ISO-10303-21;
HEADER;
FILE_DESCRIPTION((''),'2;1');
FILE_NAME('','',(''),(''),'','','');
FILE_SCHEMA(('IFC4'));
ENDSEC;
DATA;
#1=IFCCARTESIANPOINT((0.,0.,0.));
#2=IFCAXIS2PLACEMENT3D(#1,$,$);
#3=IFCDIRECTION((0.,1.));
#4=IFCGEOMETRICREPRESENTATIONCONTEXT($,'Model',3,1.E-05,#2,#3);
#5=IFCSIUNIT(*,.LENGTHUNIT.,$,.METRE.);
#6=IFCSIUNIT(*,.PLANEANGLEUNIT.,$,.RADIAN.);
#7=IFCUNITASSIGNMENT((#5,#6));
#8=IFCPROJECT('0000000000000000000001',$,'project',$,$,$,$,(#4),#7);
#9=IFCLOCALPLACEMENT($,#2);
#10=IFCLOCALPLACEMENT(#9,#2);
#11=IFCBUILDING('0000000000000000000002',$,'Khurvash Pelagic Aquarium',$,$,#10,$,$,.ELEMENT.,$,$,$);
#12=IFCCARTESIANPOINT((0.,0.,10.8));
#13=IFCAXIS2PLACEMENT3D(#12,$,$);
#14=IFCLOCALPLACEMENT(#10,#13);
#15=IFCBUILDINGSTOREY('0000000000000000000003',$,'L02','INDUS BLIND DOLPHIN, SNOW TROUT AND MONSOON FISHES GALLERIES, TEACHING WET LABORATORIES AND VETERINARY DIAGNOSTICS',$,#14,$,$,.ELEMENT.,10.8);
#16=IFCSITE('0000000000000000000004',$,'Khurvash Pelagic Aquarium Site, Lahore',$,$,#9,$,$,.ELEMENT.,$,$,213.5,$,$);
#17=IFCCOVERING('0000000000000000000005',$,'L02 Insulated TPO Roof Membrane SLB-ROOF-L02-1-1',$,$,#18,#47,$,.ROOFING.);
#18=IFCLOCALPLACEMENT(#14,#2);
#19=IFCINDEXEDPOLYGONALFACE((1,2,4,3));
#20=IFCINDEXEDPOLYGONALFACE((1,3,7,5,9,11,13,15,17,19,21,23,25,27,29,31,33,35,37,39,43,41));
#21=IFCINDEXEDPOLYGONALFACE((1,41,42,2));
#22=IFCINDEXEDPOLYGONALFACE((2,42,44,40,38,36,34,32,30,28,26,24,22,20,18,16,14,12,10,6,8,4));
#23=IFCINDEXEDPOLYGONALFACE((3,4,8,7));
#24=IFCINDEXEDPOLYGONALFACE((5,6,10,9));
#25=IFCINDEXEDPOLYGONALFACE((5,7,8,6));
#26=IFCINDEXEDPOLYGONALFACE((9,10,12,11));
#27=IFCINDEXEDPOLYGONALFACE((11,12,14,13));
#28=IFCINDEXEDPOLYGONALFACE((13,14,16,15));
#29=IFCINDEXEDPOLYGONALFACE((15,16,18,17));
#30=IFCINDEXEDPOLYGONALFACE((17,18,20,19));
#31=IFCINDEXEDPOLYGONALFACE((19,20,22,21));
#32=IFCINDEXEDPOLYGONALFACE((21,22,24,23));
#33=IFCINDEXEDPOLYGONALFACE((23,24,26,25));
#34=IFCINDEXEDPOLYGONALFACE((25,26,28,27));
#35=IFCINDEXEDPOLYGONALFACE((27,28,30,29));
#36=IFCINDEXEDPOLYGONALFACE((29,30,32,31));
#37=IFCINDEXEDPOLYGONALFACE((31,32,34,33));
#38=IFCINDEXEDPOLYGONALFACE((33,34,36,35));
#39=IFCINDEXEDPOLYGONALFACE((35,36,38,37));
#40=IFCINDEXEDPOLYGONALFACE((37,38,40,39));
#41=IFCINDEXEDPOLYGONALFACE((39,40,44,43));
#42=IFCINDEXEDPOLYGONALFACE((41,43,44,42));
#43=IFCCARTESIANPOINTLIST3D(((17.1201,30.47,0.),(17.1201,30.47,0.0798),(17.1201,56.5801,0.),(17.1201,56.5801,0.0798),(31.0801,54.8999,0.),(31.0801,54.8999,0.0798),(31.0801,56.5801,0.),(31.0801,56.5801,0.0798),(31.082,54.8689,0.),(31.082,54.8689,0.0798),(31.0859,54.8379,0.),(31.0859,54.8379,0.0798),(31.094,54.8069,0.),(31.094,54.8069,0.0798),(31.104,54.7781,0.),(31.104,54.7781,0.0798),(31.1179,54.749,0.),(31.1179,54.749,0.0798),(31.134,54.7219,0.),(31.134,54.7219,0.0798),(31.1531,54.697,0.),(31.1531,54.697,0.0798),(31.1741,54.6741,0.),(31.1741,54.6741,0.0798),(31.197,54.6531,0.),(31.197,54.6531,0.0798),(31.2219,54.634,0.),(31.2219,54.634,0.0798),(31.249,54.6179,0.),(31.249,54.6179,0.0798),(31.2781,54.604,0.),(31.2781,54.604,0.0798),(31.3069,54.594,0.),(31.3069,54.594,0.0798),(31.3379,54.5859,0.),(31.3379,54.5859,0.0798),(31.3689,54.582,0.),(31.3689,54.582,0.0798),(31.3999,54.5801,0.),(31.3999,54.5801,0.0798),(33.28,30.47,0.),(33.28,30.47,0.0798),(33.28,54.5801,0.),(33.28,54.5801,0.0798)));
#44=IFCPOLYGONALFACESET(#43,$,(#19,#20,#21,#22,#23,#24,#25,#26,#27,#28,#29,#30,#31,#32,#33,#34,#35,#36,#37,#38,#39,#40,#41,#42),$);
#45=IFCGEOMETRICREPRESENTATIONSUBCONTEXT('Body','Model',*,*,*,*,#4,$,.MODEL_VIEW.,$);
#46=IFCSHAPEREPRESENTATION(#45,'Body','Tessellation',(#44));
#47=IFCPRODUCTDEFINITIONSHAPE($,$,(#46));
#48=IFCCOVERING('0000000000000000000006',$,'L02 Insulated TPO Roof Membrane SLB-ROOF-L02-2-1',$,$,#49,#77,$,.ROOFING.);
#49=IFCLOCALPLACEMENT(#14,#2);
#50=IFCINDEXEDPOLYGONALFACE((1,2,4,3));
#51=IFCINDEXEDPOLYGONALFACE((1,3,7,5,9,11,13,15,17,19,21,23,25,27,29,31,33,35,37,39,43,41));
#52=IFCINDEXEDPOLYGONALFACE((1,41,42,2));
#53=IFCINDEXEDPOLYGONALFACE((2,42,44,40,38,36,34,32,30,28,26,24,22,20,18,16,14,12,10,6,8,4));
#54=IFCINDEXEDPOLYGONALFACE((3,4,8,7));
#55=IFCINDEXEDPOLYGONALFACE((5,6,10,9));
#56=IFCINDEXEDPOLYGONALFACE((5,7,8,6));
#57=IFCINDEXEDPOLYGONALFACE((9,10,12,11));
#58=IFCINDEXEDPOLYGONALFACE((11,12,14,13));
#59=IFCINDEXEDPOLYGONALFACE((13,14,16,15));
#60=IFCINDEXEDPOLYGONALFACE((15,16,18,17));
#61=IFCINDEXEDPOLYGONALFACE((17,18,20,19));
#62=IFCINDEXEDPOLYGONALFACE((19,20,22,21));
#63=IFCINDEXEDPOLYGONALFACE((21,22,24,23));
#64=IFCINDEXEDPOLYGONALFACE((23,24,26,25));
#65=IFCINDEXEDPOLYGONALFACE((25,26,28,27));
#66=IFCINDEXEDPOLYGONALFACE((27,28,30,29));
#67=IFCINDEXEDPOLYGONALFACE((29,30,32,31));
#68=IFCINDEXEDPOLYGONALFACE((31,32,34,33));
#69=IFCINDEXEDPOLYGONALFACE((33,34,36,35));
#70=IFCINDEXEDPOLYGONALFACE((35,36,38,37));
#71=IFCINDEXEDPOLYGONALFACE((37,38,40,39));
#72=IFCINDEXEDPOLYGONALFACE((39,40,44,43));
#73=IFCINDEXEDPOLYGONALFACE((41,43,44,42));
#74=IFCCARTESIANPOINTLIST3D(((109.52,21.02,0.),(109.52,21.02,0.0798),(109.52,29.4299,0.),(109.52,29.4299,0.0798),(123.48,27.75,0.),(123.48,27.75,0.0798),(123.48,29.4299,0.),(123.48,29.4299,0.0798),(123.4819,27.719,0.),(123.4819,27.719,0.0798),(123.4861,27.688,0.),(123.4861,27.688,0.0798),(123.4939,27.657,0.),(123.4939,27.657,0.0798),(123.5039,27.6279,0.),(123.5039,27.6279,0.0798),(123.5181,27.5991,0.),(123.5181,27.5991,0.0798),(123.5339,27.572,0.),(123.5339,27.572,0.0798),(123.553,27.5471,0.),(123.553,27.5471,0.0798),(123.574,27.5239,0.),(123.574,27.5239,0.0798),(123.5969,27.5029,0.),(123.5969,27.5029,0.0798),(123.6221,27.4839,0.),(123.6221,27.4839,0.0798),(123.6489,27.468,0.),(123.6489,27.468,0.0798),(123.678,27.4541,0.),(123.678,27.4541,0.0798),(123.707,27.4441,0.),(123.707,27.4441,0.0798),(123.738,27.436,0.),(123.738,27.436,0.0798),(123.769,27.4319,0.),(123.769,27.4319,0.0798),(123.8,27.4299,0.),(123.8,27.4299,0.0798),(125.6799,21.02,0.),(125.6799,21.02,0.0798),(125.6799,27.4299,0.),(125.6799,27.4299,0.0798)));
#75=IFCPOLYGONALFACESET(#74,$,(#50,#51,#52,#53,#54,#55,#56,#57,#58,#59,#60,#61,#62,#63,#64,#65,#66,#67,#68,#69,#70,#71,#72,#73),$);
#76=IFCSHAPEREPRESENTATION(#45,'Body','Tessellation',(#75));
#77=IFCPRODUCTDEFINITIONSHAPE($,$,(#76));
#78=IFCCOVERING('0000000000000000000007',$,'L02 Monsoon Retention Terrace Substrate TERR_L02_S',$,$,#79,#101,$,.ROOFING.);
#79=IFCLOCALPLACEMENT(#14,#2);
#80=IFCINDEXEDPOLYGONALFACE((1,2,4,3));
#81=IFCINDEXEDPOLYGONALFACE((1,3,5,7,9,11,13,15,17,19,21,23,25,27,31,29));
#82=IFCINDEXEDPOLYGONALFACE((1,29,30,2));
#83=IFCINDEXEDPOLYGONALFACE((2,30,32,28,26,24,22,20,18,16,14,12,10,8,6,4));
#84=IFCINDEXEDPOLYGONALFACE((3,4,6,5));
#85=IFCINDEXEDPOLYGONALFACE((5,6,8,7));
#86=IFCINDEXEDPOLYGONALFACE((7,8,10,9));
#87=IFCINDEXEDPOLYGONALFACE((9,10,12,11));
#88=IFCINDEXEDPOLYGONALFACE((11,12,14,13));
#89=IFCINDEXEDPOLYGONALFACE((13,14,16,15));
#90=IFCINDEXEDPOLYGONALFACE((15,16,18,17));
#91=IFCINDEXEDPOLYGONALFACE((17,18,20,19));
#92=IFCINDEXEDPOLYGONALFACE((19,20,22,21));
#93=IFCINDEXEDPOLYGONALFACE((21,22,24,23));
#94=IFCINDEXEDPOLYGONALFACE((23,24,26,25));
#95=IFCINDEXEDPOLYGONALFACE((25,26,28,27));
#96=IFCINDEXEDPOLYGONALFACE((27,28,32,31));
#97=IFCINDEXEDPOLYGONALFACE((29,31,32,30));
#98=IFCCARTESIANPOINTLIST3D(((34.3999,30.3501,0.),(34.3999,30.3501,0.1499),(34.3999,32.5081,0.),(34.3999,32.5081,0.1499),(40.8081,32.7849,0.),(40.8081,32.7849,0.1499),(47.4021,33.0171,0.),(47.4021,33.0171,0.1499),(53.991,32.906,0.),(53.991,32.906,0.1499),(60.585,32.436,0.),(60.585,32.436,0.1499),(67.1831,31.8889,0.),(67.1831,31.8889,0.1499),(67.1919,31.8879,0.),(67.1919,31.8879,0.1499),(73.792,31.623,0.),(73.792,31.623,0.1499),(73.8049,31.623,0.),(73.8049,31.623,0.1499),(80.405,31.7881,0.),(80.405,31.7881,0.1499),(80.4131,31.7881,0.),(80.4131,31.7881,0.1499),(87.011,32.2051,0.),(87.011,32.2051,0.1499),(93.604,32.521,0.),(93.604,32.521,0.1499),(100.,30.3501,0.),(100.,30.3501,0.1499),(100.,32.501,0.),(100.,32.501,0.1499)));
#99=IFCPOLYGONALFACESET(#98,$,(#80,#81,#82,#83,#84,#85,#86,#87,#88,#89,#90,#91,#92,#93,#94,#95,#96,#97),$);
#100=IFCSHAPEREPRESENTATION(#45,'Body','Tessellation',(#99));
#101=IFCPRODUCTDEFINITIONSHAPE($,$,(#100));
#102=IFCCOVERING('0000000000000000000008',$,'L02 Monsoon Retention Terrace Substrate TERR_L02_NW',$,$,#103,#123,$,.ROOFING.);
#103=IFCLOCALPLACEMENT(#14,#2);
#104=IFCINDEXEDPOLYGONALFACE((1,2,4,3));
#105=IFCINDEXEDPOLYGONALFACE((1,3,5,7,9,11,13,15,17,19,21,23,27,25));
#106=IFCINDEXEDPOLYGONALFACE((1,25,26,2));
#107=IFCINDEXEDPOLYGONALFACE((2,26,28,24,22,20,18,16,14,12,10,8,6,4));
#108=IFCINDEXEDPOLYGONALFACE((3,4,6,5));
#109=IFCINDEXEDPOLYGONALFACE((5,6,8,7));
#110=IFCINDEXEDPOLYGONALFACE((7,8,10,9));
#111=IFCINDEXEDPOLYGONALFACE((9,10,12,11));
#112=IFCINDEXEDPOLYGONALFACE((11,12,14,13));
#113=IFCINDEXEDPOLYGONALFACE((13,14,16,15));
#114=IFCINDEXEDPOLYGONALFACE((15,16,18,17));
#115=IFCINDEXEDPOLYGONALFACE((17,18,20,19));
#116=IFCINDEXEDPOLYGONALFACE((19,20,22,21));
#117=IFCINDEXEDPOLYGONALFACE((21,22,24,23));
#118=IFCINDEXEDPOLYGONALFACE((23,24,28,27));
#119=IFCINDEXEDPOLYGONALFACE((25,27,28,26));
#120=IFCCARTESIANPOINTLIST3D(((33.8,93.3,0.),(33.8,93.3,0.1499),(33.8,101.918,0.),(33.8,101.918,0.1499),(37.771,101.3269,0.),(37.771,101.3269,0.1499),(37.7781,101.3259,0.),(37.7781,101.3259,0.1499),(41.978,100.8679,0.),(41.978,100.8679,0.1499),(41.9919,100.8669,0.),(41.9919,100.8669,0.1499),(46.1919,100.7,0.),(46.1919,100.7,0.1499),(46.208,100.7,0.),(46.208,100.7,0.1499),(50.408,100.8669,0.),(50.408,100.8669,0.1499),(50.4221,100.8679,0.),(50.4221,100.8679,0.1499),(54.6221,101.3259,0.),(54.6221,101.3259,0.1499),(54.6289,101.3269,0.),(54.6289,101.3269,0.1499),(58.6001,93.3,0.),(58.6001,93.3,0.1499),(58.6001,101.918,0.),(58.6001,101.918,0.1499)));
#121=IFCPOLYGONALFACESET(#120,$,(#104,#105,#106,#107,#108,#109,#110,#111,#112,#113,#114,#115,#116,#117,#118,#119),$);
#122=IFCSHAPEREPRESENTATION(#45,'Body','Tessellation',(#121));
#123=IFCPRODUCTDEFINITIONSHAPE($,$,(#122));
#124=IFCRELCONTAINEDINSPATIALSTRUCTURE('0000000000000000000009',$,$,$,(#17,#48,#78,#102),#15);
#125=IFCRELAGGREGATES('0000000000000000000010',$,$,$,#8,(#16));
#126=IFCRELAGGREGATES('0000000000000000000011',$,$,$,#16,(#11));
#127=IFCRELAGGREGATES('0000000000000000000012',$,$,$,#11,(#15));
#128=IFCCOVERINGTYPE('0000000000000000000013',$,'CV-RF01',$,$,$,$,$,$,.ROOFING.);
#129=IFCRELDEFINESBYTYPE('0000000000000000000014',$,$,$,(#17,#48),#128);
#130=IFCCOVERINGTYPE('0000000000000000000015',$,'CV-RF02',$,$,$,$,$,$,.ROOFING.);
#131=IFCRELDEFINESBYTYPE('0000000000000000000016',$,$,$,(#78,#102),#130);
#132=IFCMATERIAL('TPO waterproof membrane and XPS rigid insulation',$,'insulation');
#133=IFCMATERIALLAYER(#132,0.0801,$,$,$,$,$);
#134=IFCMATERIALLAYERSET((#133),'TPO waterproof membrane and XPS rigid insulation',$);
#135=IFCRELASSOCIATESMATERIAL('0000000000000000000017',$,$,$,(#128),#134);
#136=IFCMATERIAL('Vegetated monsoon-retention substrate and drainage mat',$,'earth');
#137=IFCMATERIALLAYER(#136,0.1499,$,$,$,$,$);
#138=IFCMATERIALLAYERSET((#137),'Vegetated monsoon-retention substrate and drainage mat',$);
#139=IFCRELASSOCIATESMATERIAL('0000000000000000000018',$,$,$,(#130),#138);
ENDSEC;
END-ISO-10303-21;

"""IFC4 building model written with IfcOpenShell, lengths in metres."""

from ifc_helpers import new_model, si_unit, direction, frame, origin, place, context, subcontext, project, spatial, polyline, outline, extrude, material, layer, layer_set, type_object, element, save


model = new_model("IFC4")

# Units and contexts
model_context = context("Model", 3, precision=1e-05, world=origin(), true_north=direction((0.0, 1.0)))
body_context = subcontext(model_context, "Body", "Model", "MODEL_VIEW")
ifc_project = project(units=[si_unit("LENGTHUNIT", "METRE"), si_unit("PLANEANGLEUNIT", "RADIAN")], contexts=[model_context])

# Site, building, storey
site_placement = place(None, origin())
site = spatial("IfcSite", under=ifc_project, at=site_placement, Name="Khurvash Pelagic Aquarium Site, Lahore", CompositionType="ELEMENT", RefElevation=213.5)
building_placement = place(site_placement, origin())
building = spatial("IfcBuilding", under=site, at=building_placement, Name="Khurvash Pelagic Aquarium", CompositionType="ELEMENT")
storey_placement = place(building_placement, frame((0.0, 0.0, 10.8)))
storey = spatial("IfcBuildingStorey", under=building, at=storey_placement, Name="L02", Description="INDUS BLIND DOLPHIN, SNOW TROUT AND MONSOON FISHES GALLERIES, TEACHING WET LABORATORIES AND VETERINARY DIAGNOSTICS", CompositionType="ELEMENT", Elevation=10.8)

# Coverings
ifc_material_1 = material(Name="TPO waterproof membrane and XPS rigid insulation", Category="insulation")
ifc_layer_1 = layer(ifc_material_1, 0.0801)
ifc_layer_set_1 = layer_set([ifc_layer_1], Name="TPO waterproof membrane and XPS rigid insulation")
covering_type_1 = type_object("IfcCoveringType", Name="CV-RF01", PredefinedType="ROOFING", material=ifc_layer_set_1)
covering_1_placement = place(storey_placement, origin())
element("IfcCovering", 1, at=covering_1_placement, inside=storey, type_object=covering_type_1, Name="L02 Insulated TPO Roof Membrane SLB-ROOF-L02-1-1", PredefinedType="ROOFING", context=body_context, shape_type="SweptSolid", body=[
    extrude(outline(polyline([(33.28, 30.47), (17.1201, 30.47), (17.1201, 56.5801), (31.0801, 56.5801), (31.0801, 54.8999), (31.082, 54.8689), (31.0859, 54.8379), (31.094, 54.8069), (31.104, 54.7781), (31.1179, 54.749), (31.134, 54.7219), (31.1531, 54.697), (31.1741, 54.6741), (31.197, 54.6531), (31.2219, 54.634), (31.249, 54.6179), (31.2781, 54.604), (31.3069, 54.594), (31.3379, 54.5859), (31.3689, 54.582), (31.3999, 54.5801), (33.28, 54.5801), (33.28, 30.47)])), origin(), (0.0, 0.0, 1.0), 0.0798),
])
covering_2_placement = place(storey_placement, origin())
element("IfcCovering", 2, at=covering_2_placement, inside=storey, type_object=covering_type_1, Name="L02 Insulated TPO Roof Membrane SLB-ROOF-L02-2-1", PredefinedType="ROOFING", context=body_context, shape_type="SweptSolid", body=[
    extrude(outline(polyline([(125.6799, 21.02), (109.52, 21.02), (109.52, 29.4299), (123.48, 29.4299), (123.48, 27.75), (123.4819, 27.719), (123.4861, 27.688), (123.4939, 27.657), (123.5039, 27.6279), (123.5181, 27.5991), (123.5339, 27.572), (123.553, 27.5471), (123.574, 27.5239), (123.5969, 27.5029), (123.6221, 27.4839), (123.6489, 27.468), (123.678, 27.4541), (123.707, 27.4441), (123.738, 27.436), (123.769, 27.4319), (123.8, 27.4299), (125.6799, 27.4299), (125.6799, 21.02)])), origin(), (0.0, 0.0, 1.0), 0.0798),
])
ifc_material_2 = material(Name="Vegetated monsoon-retention substrate and drainage mat", Category="earth")
ifc_layer_2 = layer(ifc_material_2, 0.1499)
ifc_layer_set_2 = layer_set([ifc_layer_2], Name="Vegetated monsoon-retention substrate and drainage mat")
covering_type_2 = type_object("IfcCoveringType", Name="CV-RF02", PredefinedType="ROOFING", material=ifc_layer_set_2)
covering_3_placement = place(storey_placement, origin())
element("IfcCovering", 3, at=covering_3_placement, inside=storey, type_object=covering_type_2, Name="L02 Monsoon Retention Terrace Substrate TERR_L02_S", PredefinedType="ROOFING", context=body_context, shape_type="SweptSolid", body=[
    extrude(outline(polyline([(34.3999, 30.3501), (34.3999, 32.5081), (40.8081, 32.7849), (47.4021, 33.0171), (53.991, 32.906), (60.585, 32.436), (67.1831, 31.8889), (67.1919, 31.8879), (73.792, 31.623), (73.8049, 31.623), (80.405, 31.7881), (80.4131, 31.7881), (87.011, 32.2051), (93.604, 32.521), (100.0, 32.501), (100.0, 30.3501), (34.3999, 30.3501)])), origin(), (0.0, 0.0, 1.0), 0.1499),
])
covering_4_placement = place(storey_placement, origin())
element("IfcCovering", 4, at=covering_4_placement, inside=storey, type_object=covering_type_2, Name="L02 Monsoon Retention Terrace Substrate TERR_L02_NW", PredefinedType="ROOFING", context=body_context, shape_type="SweptSolid", body=[
    extrude(outline(polyline([(33.8, 93.3), (33.8, 101.918), (37.771, 101.3269), (37.7781, 101.3259), (41.978, 100.8679), (41.9919, 100.8669), (46.1919, 100.7), (46.208, 100.7), (50.408, 100.8669), (50.4221, 100.8679), (54.6221, 101.3259), (54.6289, 101.3269), (58.6001, 101.918), (58.6001, 93.3), (33.8, 93.3)])), origin(), (0.0, 0.0, 1.0), 0.1499),
])

save(model, "model.ifc")
